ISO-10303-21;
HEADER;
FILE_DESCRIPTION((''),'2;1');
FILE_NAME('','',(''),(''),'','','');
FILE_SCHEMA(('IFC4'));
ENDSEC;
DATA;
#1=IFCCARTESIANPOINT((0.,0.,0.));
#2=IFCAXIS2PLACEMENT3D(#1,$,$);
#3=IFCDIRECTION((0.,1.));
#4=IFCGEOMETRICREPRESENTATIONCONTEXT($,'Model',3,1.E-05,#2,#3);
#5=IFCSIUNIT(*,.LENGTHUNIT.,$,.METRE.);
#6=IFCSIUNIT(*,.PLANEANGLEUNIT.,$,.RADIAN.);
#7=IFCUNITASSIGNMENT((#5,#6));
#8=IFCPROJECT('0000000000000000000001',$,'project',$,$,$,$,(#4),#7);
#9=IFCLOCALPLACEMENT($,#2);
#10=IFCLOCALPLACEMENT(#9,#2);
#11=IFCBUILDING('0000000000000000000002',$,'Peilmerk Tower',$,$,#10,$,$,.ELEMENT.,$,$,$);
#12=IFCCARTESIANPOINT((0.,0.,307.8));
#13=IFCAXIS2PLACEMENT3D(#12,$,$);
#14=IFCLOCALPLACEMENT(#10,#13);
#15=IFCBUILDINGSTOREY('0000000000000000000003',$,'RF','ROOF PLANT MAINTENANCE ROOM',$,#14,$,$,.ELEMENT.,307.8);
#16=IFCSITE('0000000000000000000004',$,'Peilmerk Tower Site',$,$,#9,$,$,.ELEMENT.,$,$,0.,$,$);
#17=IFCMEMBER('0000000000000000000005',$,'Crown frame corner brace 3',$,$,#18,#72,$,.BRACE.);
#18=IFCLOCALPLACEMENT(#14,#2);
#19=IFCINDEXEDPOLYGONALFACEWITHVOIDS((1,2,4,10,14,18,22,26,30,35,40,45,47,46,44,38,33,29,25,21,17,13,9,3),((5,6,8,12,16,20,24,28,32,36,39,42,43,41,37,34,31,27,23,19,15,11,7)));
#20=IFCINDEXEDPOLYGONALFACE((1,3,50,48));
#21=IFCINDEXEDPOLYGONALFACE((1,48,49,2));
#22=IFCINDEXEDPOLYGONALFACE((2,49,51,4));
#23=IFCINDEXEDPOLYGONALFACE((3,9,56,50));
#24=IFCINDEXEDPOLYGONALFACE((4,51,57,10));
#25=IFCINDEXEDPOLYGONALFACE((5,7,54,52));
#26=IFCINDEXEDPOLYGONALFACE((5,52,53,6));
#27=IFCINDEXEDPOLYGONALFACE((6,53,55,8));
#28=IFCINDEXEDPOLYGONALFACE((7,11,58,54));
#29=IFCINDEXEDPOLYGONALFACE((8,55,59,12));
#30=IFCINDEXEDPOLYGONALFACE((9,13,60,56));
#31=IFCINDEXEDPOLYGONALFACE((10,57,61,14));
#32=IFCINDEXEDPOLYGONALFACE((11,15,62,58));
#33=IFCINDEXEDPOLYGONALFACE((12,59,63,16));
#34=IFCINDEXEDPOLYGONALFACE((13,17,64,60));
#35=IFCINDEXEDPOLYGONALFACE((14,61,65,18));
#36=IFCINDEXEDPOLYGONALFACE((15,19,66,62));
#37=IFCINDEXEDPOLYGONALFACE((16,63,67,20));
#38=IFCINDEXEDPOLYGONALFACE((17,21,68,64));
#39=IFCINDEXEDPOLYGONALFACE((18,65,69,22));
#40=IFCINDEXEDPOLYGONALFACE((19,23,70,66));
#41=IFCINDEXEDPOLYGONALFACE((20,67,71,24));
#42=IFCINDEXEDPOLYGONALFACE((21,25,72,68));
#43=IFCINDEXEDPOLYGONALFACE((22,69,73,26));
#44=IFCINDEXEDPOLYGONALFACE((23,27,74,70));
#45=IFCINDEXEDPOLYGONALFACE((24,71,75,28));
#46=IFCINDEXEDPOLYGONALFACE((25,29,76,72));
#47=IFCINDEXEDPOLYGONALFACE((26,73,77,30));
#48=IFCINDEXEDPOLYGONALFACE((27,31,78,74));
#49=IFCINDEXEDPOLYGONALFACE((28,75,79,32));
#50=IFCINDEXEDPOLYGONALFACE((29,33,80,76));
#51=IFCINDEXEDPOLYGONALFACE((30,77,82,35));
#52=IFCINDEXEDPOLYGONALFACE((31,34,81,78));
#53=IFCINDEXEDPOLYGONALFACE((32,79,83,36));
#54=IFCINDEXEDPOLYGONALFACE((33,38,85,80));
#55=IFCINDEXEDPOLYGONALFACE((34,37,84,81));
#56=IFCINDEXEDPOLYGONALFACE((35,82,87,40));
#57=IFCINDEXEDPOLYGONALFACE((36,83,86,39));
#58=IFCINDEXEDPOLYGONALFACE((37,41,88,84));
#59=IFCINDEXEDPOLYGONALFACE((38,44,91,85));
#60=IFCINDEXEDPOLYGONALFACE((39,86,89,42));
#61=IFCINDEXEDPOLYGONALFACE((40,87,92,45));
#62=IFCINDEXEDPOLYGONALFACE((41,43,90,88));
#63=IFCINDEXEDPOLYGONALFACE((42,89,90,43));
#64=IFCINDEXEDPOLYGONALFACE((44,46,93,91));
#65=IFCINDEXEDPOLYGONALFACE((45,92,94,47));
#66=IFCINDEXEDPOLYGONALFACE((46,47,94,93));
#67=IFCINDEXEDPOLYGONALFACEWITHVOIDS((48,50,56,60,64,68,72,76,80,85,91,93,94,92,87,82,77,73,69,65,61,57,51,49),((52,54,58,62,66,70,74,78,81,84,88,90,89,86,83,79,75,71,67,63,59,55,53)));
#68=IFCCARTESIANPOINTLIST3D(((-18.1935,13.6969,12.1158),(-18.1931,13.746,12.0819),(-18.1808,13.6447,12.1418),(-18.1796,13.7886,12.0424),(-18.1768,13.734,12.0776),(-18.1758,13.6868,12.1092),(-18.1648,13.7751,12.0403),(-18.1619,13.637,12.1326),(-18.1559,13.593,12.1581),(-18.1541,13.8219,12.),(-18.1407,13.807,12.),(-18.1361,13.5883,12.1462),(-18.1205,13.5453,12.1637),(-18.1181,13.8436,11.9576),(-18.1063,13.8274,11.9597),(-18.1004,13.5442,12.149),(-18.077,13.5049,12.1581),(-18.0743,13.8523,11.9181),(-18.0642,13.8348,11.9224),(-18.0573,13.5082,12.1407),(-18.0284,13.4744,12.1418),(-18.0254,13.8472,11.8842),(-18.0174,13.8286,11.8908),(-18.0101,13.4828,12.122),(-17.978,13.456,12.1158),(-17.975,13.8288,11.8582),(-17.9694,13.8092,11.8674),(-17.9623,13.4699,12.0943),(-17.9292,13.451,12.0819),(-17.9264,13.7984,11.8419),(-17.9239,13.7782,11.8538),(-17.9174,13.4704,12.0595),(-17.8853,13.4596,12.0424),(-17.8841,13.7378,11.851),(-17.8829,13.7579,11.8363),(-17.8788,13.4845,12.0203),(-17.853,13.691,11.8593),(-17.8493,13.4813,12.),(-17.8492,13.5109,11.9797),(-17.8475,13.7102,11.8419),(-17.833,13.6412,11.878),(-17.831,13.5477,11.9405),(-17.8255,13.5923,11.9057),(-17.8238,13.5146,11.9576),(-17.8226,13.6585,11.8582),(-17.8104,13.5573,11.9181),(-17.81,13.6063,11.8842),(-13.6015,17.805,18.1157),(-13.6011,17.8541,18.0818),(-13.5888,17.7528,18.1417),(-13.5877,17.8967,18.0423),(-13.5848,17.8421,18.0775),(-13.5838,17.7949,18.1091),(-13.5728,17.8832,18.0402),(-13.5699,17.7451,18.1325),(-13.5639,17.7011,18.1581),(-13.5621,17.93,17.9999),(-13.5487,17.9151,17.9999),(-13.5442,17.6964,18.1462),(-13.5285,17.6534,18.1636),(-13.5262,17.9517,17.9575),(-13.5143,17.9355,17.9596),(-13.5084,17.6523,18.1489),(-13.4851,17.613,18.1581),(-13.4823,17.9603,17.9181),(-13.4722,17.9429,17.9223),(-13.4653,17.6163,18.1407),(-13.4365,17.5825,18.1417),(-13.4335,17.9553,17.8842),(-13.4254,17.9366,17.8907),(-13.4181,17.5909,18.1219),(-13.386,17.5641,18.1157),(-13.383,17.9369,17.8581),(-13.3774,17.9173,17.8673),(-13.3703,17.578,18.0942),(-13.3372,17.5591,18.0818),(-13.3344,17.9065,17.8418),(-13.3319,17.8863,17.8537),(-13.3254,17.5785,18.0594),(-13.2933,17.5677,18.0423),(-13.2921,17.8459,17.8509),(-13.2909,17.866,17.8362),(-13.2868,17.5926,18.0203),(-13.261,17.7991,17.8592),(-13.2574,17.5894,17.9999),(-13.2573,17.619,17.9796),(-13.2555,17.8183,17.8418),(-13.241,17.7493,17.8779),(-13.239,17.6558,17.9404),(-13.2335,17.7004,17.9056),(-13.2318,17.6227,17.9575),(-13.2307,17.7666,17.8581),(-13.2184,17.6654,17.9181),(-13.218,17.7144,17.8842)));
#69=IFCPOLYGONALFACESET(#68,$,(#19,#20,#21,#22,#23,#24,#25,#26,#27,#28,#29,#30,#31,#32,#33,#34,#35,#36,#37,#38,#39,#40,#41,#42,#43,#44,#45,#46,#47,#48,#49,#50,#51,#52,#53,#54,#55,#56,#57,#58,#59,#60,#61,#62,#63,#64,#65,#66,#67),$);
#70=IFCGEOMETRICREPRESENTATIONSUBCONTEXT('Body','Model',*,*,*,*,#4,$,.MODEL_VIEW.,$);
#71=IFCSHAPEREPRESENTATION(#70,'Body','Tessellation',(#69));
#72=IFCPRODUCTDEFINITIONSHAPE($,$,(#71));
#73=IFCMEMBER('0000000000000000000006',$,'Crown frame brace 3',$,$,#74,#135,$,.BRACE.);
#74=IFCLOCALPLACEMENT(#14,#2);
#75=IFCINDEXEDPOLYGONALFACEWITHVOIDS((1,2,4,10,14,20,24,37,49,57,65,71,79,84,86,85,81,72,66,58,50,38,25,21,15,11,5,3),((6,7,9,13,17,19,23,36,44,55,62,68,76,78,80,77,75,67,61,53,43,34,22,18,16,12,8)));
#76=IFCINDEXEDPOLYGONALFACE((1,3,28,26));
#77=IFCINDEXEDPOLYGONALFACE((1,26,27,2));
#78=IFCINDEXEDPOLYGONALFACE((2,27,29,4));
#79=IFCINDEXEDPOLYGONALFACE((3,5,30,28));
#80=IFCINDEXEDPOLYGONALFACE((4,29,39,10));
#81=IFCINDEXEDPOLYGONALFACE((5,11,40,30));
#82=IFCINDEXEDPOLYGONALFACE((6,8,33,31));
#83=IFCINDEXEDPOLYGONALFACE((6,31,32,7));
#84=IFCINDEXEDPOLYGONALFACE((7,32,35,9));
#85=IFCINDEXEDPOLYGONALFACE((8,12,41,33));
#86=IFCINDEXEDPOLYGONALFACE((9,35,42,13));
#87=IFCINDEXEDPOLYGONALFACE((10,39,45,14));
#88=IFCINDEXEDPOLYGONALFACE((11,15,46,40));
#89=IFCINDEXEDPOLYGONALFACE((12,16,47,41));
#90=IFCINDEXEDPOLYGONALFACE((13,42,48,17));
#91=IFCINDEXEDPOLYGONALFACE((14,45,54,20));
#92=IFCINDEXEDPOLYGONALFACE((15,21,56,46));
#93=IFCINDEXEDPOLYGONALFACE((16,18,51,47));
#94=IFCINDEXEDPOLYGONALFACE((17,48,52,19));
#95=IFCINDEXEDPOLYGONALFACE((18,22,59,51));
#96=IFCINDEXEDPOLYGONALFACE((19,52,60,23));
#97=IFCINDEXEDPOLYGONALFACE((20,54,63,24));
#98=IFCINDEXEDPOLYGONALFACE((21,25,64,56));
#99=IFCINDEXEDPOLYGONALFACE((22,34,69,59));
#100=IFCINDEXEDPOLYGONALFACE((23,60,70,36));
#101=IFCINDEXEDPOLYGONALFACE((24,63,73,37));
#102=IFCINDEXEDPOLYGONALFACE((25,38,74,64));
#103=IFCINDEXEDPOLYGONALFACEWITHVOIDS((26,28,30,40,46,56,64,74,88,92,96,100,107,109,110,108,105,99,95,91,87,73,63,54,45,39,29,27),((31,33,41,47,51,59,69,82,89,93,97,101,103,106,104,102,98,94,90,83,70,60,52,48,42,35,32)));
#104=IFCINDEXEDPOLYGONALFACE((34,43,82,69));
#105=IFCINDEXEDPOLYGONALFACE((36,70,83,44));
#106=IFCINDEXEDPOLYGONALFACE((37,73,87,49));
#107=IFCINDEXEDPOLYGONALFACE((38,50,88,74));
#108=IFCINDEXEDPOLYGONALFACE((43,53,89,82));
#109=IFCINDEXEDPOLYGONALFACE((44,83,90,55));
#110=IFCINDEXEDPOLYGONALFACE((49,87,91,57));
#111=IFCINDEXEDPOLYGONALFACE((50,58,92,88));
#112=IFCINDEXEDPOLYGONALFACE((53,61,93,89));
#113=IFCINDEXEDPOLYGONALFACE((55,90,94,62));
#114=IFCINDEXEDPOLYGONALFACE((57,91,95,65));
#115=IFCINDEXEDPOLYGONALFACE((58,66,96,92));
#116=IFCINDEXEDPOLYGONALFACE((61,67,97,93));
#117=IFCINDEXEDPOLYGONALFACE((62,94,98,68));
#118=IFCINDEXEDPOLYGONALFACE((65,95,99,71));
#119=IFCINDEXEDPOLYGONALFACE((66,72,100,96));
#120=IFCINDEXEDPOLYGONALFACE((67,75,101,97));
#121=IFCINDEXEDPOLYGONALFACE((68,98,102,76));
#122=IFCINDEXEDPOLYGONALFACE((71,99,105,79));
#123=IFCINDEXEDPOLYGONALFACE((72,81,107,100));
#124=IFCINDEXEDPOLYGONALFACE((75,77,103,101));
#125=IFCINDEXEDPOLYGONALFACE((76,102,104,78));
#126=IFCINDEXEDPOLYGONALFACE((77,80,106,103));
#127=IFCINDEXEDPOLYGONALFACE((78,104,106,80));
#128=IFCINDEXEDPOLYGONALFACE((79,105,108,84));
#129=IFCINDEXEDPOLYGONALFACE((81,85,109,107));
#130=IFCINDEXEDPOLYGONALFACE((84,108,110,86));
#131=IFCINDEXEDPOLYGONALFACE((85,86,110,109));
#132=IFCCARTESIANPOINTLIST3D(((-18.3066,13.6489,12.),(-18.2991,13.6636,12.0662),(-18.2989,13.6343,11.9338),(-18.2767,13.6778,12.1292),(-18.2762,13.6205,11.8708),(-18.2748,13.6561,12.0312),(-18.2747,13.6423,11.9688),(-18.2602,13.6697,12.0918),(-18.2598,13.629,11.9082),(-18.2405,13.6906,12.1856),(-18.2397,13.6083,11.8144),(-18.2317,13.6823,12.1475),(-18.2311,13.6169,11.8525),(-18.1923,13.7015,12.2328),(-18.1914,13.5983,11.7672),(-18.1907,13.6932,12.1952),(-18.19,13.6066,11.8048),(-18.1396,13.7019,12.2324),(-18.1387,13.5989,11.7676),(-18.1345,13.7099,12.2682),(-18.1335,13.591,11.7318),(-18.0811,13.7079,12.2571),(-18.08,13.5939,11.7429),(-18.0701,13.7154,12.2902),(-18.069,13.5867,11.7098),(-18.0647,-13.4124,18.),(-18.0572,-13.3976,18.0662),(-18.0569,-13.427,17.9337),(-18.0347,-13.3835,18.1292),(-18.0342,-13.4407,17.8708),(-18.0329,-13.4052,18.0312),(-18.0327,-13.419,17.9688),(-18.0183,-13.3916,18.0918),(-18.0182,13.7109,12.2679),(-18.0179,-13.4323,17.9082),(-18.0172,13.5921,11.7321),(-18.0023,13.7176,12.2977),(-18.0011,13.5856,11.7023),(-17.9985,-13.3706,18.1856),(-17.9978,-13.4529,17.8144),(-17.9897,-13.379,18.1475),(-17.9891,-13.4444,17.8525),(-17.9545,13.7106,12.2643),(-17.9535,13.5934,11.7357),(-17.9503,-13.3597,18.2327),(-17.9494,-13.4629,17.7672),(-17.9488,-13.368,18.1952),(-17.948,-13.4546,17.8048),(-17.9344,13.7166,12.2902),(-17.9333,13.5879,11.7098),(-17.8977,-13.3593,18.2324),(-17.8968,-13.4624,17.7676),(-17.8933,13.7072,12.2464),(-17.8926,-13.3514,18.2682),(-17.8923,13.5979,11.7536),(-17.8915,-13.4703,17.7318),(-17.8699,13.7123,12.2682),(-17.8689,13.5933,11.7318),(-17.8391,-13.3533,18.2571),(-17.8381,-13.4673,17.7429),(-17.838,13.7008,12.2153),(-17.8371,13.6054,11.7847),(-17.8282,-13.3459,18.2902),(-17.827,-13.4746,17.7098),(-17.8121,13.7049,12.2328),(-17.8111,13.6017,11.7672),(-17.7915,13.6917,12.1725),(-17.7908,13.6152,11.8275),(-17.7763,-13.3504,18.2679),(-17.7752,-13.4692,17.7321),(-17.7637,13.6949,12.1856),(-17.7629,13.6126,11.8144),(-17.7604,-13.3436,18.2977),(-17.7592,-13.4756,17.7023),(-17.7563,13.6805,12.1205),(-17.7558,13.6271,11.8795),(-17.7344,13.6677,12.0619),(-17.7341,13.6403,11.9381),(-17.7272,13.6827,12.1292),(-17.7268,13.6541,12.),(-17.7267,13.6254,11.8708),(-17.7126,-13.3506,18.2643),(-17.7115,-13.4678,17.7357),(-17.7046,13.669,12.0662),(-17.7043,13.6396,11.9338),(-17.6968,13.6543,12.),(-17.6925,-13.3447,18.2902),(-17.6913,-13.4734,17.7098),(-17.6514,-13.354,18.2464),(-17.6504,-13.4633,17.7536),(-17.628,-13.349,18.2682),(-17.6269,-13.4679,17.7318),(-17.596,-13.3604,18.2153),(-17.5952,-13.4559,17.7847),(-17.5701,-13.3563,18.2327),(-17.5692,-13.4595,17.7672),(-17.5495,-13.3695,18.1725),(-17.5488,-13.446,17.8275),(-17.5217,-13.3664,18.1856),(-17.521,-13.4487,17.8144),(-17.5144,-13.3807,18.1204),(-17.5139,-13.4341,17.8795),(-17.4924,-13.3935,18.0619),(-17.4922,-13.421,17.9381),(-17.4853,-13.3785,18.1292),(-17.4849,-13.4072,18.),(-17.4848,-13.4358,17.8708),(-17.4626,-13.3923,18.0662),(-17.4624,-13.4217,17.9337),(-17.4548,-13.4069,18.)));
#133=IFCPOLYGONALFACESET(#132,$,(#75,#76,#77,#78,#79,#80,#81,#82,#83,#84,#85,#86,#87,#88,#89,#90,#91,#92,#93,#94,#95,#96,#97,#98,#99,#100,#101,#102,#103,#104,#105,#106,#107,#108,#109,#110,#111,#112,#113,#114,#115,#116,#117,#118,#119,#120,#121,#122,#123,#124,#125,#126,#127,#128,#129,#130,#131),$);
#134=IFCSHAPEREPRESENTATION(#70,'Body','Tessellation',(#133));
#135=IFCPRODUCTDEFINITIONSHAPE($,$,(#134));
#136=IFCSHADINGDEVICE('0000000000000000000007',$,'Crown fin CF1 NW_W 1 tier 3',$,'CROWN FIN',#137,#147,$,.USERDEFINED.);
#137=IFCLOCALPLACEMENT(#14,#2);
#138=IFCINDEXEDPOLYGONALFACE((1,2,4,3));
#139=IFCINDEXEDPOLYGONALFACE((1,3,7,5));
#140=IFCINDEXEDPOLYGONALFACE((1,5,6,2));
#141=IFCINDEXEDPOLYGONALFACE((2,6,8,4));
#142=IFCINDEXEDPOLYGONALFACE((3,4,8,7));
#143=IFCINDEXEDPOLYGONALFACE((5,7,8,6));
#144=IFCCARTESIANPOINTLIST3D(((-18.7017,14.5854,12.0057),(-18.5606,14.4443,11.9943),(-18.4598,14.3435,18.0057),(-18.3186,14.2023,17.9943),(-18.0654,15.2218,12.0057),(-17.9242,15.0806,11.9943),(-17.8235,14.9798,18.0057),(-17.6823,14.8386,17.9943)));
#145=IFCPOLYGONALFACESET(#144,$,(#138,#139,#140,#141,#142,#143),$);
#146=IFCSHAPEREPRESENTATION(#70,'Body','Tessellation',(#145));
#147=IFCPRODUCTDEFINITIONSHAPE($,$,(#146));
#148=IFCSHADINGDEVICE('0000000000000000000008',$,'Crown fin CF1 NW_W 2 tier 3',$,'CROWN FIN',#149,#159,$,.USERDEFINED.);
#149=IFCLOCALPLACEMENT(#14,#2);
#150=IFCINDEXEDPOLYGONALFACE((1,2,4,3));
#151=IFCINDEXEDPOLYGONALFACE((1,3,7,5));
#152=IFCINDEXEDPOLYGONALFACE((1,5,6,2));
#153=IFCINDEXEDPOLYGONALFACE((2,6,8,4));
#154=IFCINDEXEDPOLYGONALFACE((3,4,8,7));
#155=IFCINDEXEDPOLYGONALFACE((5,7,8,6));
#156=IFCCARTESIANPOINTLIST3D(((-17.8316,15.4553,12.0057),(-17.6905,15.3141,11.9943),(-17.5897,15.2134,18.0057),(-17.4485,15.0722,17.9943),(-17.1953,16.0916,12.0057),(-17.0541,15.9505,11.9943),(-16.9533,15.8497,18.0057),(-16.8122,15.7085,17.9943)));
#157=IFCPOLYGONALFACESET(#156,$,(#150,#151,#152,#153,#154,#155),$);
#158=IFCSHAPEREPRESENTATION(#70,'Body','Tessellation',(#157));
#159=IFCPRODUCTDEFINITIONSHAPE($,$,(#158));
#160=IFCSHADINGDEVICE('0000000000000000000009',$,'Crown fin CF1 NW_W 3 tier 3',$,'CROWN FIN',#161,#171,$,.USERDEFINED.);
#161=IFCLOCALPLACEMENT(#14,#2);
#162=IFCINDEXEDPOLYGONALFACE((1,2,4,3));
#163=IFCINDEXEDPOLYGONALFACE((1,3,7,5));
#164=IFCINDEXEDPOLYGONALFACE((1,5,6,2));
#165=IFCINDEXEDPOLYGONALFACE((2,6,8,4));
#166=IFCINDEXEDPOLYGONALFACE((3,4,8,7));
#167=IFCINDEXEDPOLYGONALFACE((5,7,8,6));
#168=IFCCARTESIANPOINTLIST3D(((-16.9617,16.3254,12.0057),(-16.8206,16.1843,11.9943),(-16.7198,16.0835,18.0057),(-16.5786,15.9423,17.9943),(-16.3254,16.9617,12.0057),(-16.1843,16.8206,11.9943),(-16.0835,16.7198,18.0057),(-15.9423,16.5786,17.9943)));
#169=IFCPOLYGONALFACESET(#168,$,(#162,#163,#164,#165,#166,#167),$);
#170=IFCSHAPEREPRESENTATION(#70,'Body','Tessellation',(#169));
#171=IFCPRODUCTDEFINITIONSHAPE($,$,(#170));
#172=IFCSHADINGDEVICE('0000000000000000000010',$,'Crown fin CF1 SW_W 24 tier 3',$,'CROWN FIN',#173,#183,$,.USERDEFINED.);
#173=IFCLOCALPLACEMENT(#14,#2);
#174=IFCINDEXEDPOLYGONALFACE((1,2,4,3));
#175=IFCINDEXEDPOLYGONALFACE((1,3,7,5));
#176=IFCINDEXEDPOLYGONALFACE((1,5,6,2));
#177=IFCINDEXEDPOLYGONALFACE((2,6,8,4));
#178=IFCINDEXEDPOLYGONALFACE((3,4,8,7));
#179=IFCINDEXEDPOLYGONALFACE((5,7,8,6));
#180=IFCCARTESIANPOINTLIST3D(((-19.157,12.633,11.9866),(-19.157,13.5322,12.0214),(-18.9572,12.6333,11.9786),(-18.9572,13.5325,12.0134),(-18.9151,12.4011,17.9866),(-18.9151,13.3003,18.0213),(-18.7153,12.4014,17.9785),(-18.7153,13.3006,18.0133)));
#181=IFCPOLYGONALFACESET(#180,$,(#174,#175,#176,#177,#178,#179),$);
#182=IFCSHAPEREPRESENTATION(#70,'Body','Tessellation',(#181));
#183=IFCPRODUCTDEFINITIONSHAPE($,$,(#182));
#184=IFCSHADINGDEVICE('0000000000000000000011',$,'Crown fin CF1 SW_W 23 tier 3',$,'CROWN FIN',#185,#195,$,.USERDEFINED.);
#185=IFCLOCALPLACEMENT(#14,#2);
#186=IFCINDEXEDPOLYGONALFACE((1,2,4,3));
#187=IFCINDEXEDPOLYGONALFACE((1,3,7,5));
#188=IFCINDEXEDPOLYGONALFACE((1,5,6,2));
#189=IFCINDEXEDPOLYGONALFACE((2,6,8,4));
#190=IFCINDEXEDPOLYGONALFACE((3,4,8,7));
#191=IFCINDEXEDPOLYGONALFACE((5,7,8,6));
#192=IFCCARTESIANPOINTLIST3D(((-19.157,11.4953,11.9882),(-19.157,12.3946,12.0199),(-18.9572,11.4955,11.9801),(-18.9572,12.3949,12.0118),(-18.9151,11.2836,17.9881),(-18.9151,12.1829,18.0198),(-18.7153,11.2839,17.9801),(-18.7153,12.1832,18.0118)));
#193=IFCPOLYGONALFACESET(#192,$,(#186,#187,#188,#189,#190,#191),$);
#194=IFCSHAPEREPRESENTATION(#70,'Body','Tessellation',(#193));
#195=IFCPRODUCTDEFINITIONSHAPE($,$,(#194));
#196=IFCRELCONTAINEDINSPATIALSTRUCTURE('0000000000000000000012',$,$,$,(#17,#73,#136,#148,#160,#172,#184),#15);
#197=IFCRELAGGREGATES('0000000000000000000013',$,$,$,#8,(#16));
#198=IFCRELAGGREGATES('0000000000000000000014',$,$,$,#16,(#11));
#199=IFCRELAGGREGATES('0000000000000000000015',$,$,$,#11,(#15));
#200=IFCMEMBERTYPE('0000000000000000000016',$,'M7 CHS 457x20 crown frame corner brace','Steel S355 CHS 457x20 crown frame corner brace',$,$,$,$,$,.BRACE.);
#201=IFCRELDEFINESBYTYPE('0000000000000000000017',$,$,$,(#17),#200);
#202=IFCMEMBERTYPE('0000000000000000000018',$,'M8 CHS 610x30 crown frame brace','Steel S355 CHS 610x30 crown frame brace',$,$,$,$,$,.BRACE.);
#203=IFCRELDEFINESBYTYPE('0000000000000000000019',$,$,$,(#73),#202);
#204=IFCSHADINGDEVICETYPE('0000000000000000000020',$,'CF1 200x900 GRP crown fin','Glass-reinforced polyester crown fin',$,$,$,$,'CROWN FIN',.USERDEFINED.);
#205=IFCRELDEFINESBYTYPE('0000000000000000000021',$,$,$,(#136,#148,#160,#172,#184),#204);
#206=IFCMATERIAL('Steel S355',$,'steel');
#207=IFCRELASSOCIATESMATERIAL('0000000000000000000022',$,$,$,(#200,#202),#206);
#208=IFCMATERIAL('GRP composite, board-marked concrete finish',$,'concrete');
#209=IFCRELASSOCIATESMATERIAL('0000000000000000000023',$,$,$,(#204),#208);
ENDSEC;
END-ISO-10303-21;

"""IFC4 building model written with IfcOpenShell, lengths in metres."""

from ifc_helpers import new_model, si_unit, direction, frame, origin, origin_2d, place, context, subcontext, project, spatial, rectangle, hollow_circle, extrude, source, transform, mapped, material, material_profile, profile_set, type_object, element, save


model = new_model("IFC4")

# Units and contexts
model_context = context("Model", 3, precision=1e-05, world=origin(), true_north=direction((0.0, 1.0)))
body_context = subcontext(model_context, "Body", "Model", "MODEL_VIEW")
ifc_project = project(units=[si_unit("LENGTHUNIT", "METRE"), si_unit("PLANEANGLEUNIT", "RADIAN")], contexts=[model_context])

# Site, building, storey
site_placement = place(None, origin())
site = spatial("IfcSite", under=ifc_project, at=site_placement, Name="Peilmerk Tower Site", CompositionType="ELEMENT", RefElevation=0.0)
building_placement = place(site_placement, origin())
building = spatial("IfcBuilding", under=site, at=building_placement, Name="Peilmerk Tower", CompositionType="ELEMENT")
storey_placement = place(building_placement, frame((0.0, 0.0, 307.8)))
storey = spatial("IfcBuildingStorey", under=building, at=storey_placement, Name="RF", Description="ROOF PLANT MAINTENANCE ROOM", CompositionType="ELEMENT", Elevation=307.8)

# Shared definitions
ifc_material_1 = material(Name="Steel S355", Category="steel")

# Members
ifc_material_profile_1 = material_profile(ifc_material_1, hollow_circle(Radius=0.2285, WallThickness=0.02, at=origin_2d()), Name="CHS 457x20")
ifc_profile_set_1 = profile_set([ifc_material_profile_1], Name="Steel S355")
member_type_1 = type_object("IfcMemberType", Name="M7 CHS 457x20 crown frame corner brace", Description="Steel S355 CHS 457x20 crown frame corner brace", PredefinedType="BRACE", material=ifc_profile_set_1)
member_1_placement = place(storey_placement, frame((-18.0017, 13.6516, 12.0), z_axis=(0.533945, 0.47768, 0.697657), x_axis=(-0.666749, 0.745283, 0.0)))
element("IfcMember", 1, at=member_1_placement, inside=storey, type_object=member_type_1, Name="Crown frame corner brace 3", PredefinedType="BRACE", context=body_context, shape_type="SweptSolid", body=[
    extrude(hollow_circle(Radius=0.2285, WallThickness=0.02, at=origin_2d()), origin(), (0.0, 0.0, 1.0), 8.6001),
])
ifc_material_profile_2 = material_profile(ifc_material_1, hollow_circle(Radius=0.3049, WallThickness=0.03, at=origin_2d()), Name="CHS 610x30")
ifc_profile_set_2 = profile_set([ifc_material_profile_2], Name="Steel S355")
member_type_2 = type_object("IfcMemberType", Name="M8 CHS 610x30 crown frame brace", Description="Steel S355 CHS 610x30 crown frame brace", PredefinedType="BRACE", material=ifc_profile_set_2)
member_2_placement = place(storey_placement, frame((-18.0017, 13.6516, 12.0), z_axis=(0.008728, -0.976254, 0.216454), x_axis=(0.99996, 0.00894, 0.0)))
element("IfcMember", 2, at=member_2_placement, inside=storey, type_object=member_type_2, Name="Crown frame brace 3", PredefinedType="BRACE", context=body_context, shape_type="SweptSolid", body=[
    extrude(hollow_circle(Radius=0.3049, WallThickness=0.03, at=origin_2d()), origin(), (0.0, 0.0, 1.0), 27.7195),
])

# Shading devices
ifc_material_2 = material(Name="GRP composite, board-marked concrete finish", Category="concrete")
ifc_material_profile_3 = material_profile(ifc_material_2, rectangle(XDim=0.2, YDim=0.8999, at=origin_2d()), Name="CF1 200x900")
ifc_profile_set_3 = profile_set([ifc_material_profile_3], Name="GRP composite, board-marked concrete finish")
shading_device_type = type_object("IfcShadingDeviceType", Name="CF1 200x900 GRP crown fin", Description="Glass-reinforced polyester crown fin", ElementType="CROWN FIN", PredefinedType="USERDEFINED", material=ifc_profile_set_3)
shared_shape_1 = source(origin(), body_context, "Body", "SweptSolid", [
    extrude(rectangle(XDim=0.2, YDim=0.8999, at=origin_2d()), origin(), (0.0, 0.0, 1.0), 6.0098),
])
for number, where, z_axis, x_axis, name in (
    (3, (-18.313, 14.833, 12.0), (0.040258, -0.040258, 0.998378), (-0.70596, 0.70596, 0.056934), "Crown fin CF1 NW_W 1 tier 3"),
    (4, (-17.4429, 15.7029, 12.0), (0.040258, -0.040258, 0.998378), (-0.70596, 0.70596, 0.056934), "Crown fin CF1 NW_W 2 tier 3"),
    (5, (-16.573, 16.573, 12.0), (0.040258, -0.040258, 0.998378), (-0.70596, 0.70596, 0.056934), "Crown fin CF1 NW_W 3 tier 3"),
):
    element("IfcShadingDevice", number, at=place(storey_placement, frame(where, z_axis=z_axis, x_axis=x_axis)), inside=storey, type_object=shading_device_type, Name=name, ObjectType="CROWN FIN", PredefinedType="USERDEFINED", context=body_context, shape_type="MappedRepresentation", body=[
        mapped(shared_shape_1, transform((0.0, 0.0, 0.0), scale=1.0)),
    ])
shared_shape_2 = source(origin(), body_context, "Body", "SweptSolid", [
    extrude(rectangle(XDim=0.2, YDim=0.8999, at=origin_2d()), origin(), (0.0, 0.0, 1.0), 6.0093),
])
shading_device_1_placement = place(storey_placement, frame((-19.0571, 13.0828, 12.0), z_axis=(0.040261, -0.038595, 0.998444), x_axis=(-0.999189, -0.001555, 0.040231)))
element("IfcShadingDevice", 6, at=shading_device_1_placement, inside=storey, type_object=shading_device_type, Name="Crown fin CF1 SW_W 24 tier 3", ObjectType="CROWN FIN", PredefinedType="USERDEFINED", context=body_context, shape_type="MappedRepresentation", body=[
    mapped(shared_shape_2, transform((0.0, 0.0, 0.0), scale=1.0)),
])
shared_shape_3 = source(origin(), body_context, "Body", "SweptSolid", [
    extrude(rectangle(XDim=0.2, YDim=0.8999, at=origin_2d()), origin(), (0.0, 0.0, 1.0), 6.0085),
])
shading_device_2_placement = place(storey_placement, frame((-19.0571, 11.9451, 12.0), z_axis=(0.040266, -0.035228, 0.998568), x_axis=(-0.999189, -0.00142, 0.040241)))
element("IfcShadingDevice", 7, at=shading_device_2_placement, inside=storey, type_object=shading_device_type, Name="Crown fin CF1 SW_W 23 tier 3", ObjectType="CROWN FIN", PredefinedType="USERDEFINED", context=body_context, shape_type="MappedRepresentation", body=[
    mapped(shared_shape_3, transform((0.0, 0.0, 0.0), scale=1.0)),
])

save(model, "model.ifc")
